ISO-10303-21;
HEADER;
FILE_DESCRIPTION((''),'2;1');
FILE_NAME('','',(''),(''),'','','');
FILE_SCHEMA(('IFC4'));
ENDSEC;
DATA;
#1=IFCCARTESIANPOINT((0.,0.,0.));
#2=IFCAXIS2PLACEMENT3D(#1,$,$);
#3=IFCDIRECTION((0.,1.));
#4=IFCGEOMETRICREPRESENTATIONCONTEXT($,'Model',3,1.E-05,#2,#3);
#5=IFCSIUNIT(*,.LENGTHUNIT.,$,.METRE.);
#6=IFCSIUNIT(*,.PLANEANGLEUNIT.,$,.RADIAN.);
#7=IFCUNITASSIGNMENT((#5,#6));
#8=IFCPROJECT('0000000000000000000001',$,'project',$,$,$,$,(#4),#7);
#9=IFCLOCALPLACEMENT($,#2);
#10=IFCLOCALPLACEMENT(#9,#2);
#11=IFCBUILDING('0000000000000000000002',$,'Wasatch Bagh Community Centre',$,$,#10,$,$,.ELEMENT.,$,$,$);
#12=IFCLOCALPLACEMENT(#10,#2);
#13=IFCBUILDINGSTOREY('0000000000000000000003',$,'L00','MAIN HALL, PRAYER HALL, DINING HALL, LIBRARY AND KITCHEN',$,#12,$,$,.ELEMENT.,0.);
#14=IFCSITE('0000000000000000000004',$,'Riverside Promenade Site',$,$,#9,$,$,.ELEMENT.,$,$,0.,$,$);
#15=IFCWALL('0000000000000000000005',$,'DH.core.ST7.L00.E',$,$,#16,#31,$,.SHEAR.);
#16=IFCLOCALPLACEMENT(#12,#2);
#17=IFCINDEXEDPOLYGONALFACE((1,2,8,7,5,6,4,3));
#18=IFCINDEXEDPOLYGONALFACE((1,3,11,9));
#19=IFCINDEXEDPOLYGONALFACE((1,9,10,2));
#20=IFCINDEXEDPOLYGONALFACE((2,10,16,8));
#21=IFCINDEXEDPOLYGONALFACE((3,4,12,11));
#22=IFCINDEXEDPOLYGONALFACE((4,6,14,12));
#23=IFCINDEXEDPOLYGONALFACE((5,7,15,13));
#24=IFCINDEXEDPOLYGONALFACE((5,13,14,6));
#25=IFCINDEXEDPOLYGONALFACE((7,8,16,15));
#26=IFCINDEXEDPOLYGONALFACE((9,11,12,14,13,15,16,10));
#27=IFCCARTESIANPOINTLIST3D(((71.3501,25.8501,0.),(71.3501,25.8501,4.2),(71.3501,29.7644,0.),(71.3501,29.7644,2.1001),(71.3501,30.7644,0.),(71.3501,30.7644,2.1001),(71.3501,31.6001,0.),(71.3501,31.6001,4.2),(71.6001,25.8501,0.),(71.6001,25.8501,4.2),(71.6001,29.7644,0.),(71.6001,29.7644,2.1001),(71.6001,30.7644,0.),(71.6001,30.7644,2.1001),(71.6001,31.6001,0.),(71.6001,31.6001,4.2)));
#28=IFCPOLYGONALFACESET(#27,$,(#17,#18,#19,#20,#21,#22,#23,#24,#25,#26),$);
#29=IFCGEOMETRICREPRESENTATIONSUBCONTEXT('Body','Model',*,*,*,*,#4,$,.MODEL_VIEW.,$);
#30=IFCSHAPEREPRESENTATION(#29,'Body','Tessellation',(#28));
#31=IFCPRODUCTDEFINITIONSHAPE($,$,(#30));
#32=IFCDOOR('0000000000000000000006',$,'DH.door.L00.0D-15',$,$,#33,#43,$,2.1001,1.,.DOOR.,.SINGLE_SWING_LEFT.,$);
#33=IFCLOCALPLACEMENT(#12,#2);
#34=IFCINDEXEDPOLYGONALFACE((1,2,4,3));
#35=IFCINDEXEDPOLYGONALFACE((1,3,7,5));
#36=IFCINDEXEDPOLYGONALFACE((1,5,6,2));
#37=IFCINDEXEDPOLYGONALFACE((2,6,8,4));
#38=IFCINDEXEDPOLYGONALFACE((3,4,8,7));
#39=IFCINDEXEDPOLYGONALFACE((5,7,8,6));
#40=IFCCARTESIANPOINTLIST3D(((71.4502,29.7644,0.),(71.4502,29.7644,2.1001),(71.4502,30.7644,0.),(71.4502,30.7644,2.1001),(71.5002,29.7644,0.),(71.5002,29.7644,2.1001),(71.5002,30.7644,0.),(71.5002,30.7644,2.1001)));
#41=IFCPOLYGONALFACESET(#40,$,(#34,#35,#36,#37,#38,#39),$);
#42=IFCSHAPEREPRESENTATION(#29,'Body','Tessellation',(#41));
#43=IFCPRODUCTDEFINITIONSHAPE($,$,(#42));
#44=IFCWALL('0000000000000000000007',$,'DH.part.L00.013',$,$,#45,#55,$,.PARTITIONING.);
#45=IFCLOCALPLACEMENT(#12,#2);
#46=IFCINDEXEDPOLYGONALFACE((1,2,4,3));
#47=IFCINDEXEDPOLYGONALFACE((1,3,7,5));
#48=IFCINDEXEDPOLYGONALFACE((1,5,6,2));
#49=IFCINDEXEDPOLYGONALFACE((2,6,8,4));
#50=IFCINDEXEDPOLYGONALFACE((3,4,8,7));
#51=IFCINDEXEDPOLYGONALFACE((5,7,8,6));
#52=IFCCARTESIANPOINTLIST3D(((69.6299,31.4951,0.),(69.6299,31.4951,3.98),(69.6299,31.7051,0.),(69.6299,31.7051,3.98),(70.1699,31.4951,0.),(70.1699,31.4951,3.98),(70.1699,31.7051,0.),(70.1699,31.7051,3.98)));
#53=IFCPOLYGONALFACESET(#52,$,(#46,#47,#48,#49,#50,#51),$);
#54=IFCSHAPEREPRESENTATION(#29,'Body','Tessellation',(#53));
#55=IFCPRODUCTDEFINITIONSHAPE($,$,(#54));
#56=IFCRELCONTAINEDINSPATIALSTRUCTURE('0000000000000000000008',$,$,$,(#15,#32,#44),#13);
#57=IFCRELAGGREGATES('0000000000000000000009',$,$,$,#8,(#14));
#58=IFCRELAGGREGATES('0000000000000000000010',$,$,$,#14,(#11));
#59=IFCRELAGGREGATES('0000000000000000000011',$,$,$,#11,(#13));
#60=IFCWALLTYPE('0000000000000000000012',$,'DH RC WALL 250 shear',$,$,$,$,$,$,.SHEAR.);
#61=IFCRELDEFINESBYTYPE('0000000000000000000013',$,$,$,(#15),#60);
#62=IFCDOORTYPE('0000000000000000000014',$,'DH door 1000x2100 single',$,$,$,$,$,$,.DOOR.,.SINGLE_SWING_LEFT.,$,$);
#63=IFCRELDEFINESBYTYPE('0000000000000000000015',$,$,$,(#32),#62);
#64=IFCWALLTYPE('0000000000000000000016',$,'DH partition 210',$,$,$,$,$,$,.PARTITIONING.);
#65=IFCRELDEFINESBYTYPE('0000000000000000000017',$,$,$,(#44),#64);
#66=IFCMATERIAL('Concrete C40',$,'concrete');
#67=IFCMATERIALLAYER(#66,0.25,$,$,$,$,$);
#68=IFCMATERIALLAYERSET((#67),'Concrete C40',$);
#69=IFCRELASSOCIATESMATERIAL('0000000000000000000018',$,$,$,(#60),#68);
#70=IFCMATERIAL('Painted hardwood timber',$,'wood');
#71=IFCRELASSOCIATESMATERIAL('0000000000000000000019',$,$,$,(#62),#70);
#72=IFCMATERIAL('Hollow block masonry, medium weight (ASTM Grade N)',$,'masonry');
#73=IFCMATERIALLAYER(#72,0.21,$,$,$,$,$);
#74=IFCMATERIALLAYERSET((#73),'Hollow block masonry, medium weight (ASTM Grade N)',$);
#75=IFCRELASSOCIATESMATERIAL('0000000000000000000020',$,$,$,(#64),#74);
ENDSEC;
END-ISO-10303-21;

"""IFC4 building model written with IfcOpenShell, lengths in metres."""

from ifc_helpers import new_model, si_unit, direction, frame, frame_2d, origin, place, context, subcontext, project, spatial, rectangle, extrude, material, layer, layer_set, type_object, element, fill, save


model = new_model("IFC4")

# Units and contexts
model_context = context("Model", 3, precision=1e-05, world=origin(), true_north=direction((0.0, 1.0)))
body_context = subcontext(model_context, "Body", "Model", "MODEL_VIEW")
ifc_project = project(units=[si_unit("LENGTHUNIT", "METRE"), si_unit("PLANEANGLEUNIT", "RADIAN")], contexts=[model_context])

# Site, building, storey
site_placement = place(None, origin())
site = spatial("IfcSite", under=ifc_project, at=site_placement, Name="Riverside Promenade Site", CompositionType="ELEMENT", RefElevation=0.0)
building_placement = place(site_placement, origin())
building = spatial("IfcBuilding", under=site, at=building_placement, Name="Wasatch Bagh Community Centre", CompositionType="ELEMENT")
storey_placement = place(building_placement, origin())
storey = spatial("IfcBuildingStorey", under=building, at=storey_placement, Name="L00", Description="MAIN HALL, PRAYER HALL, DINING HALL, LIBRARY AND KITCHEN", CompositionType="ELEMENT", Elevation=0.0)

# Shared definitions
ifc_material_1 = material(Name="Concrete C40", Category="concrete")

# Wall, opening, door
ifc_layer_1 = layer(ifc_material_1, 0.25)
ifc_layer_set_1 = layer_set([ifc_layer_1], Name="Concrete C40")
wall_type_1 = type_object("IfcWallType", Name="DH RC WALL 250 shear", PredefinedType="SHEAR", material=ifc_layer_set_1)
wall_1_placement = place(storey_placement, frame((71.4751, 25.8501, 0.0), z_axis=(0.0, 0.0, 1.0), x_axis=(0.0, 1.0, 0.0)))
wall_1 = element("IfcWall", 1, at=wall_1_placement, inside=storey, type_object=wall_type_1, Name="DH.core.ST7.L00.E", PredefinedType="SHEAR", context=body_context, shape_type="SweptSolid", body=[
    extrude(rectangle(XDim=5.75, YDim=0.25, at=frame_2d((2.875, 0.0))), origin(), (0.0, 0.0, 1.0), 4.2),
])
opening_placement = place(wall_1_placement, frame((3.9143, 0.0, 0.0)))
opening = element("IfcOpeningElement", 2, at=opening_placement, cuts=wall_1, PredefinedType="OPENING", context=body_context, shape_type="SweptSolid", body=[
    extrude(rectangle(XDim=1.0, YDim=2.1001, at=frame_2d((0.5, 1.05))), frame((0.0, 0.135, 0.0), z_axis=(0.0, -1.0, 0.0), x_axis=(1.0, 0.0, 0.0)), (0.0, 0.0, 1.0), 0.27),
])
ifc_material_2 = material(Name="Painted hardwood timber", Category="wood")
door_type = type_object("IfcDoorType", Name="DH door 1000x2100 single", OperationType="SINGLE_SWING_LEFT", PredefinedType="DOOR", material=ifc_material_2)
door_placement = place(opening_placement, origin())
door = element("IfcDoor", 3, at=door_placement, inside=storey, type_object=door_type, Name="DH.door.L00.0D-15", OperationType="SINGLE_SWING_LEFT", OverallHeight=2.1001, OverallWidth=1.0, PredefinedType="DOOR", context=body_context, shape_type="SweptSolid", body=[
    extrude(rectangle(XDim=1.0, YDim=2.1001, at=frame_2d((0.5, 1.05))), frame((0.0, 0.0249, 0.0), z_axis=(0.0, -1.0, 0.0), x_axis=(1.0, 0.0, 0.0)), (0.0, 0.0, 1.0), 0.05),
])
fill(opening, door)

# Wall
ifc_material_3 = material(Name="Hollow block masonry, medium weight (ASTM Grade N)", Category="masonry")
ifc_layer_2 = layer(ifc_material_3, 0.21)
ifc_layer_set_2 = layer_set([ifc_layer_2], Name="Hollow block masonry, medium weight (ASTM Grade N)")
wall_type_2 = type_object("IfcWallType", Name="DH partition 210", PredefinedType="PARTITIONING", material=ifc_layer_set_2)
wall_2_placement = place(storey_placement, frame((70.1699, 31.6001, 0.0), z_axis=(0.0, 0.0, 1.0), x_axis=(-1.0, 0.0, 0.0)))
element("IfcWall", 4, at=wall_2_placement, inside=storey, type_object=wall_type_2, Name="DH.part.L00.013", PredefinedType="PARTITIONING", context=body_context, shape_type="SweptSolid", body=[
    extrude(rectangle(XDim=0.54, YDim=0.21, at=frame_2d((0.27, 0.0))), origin(), (0.0, 0.0, 1.0), 3.98),
])

save(model, "model.ifc")
